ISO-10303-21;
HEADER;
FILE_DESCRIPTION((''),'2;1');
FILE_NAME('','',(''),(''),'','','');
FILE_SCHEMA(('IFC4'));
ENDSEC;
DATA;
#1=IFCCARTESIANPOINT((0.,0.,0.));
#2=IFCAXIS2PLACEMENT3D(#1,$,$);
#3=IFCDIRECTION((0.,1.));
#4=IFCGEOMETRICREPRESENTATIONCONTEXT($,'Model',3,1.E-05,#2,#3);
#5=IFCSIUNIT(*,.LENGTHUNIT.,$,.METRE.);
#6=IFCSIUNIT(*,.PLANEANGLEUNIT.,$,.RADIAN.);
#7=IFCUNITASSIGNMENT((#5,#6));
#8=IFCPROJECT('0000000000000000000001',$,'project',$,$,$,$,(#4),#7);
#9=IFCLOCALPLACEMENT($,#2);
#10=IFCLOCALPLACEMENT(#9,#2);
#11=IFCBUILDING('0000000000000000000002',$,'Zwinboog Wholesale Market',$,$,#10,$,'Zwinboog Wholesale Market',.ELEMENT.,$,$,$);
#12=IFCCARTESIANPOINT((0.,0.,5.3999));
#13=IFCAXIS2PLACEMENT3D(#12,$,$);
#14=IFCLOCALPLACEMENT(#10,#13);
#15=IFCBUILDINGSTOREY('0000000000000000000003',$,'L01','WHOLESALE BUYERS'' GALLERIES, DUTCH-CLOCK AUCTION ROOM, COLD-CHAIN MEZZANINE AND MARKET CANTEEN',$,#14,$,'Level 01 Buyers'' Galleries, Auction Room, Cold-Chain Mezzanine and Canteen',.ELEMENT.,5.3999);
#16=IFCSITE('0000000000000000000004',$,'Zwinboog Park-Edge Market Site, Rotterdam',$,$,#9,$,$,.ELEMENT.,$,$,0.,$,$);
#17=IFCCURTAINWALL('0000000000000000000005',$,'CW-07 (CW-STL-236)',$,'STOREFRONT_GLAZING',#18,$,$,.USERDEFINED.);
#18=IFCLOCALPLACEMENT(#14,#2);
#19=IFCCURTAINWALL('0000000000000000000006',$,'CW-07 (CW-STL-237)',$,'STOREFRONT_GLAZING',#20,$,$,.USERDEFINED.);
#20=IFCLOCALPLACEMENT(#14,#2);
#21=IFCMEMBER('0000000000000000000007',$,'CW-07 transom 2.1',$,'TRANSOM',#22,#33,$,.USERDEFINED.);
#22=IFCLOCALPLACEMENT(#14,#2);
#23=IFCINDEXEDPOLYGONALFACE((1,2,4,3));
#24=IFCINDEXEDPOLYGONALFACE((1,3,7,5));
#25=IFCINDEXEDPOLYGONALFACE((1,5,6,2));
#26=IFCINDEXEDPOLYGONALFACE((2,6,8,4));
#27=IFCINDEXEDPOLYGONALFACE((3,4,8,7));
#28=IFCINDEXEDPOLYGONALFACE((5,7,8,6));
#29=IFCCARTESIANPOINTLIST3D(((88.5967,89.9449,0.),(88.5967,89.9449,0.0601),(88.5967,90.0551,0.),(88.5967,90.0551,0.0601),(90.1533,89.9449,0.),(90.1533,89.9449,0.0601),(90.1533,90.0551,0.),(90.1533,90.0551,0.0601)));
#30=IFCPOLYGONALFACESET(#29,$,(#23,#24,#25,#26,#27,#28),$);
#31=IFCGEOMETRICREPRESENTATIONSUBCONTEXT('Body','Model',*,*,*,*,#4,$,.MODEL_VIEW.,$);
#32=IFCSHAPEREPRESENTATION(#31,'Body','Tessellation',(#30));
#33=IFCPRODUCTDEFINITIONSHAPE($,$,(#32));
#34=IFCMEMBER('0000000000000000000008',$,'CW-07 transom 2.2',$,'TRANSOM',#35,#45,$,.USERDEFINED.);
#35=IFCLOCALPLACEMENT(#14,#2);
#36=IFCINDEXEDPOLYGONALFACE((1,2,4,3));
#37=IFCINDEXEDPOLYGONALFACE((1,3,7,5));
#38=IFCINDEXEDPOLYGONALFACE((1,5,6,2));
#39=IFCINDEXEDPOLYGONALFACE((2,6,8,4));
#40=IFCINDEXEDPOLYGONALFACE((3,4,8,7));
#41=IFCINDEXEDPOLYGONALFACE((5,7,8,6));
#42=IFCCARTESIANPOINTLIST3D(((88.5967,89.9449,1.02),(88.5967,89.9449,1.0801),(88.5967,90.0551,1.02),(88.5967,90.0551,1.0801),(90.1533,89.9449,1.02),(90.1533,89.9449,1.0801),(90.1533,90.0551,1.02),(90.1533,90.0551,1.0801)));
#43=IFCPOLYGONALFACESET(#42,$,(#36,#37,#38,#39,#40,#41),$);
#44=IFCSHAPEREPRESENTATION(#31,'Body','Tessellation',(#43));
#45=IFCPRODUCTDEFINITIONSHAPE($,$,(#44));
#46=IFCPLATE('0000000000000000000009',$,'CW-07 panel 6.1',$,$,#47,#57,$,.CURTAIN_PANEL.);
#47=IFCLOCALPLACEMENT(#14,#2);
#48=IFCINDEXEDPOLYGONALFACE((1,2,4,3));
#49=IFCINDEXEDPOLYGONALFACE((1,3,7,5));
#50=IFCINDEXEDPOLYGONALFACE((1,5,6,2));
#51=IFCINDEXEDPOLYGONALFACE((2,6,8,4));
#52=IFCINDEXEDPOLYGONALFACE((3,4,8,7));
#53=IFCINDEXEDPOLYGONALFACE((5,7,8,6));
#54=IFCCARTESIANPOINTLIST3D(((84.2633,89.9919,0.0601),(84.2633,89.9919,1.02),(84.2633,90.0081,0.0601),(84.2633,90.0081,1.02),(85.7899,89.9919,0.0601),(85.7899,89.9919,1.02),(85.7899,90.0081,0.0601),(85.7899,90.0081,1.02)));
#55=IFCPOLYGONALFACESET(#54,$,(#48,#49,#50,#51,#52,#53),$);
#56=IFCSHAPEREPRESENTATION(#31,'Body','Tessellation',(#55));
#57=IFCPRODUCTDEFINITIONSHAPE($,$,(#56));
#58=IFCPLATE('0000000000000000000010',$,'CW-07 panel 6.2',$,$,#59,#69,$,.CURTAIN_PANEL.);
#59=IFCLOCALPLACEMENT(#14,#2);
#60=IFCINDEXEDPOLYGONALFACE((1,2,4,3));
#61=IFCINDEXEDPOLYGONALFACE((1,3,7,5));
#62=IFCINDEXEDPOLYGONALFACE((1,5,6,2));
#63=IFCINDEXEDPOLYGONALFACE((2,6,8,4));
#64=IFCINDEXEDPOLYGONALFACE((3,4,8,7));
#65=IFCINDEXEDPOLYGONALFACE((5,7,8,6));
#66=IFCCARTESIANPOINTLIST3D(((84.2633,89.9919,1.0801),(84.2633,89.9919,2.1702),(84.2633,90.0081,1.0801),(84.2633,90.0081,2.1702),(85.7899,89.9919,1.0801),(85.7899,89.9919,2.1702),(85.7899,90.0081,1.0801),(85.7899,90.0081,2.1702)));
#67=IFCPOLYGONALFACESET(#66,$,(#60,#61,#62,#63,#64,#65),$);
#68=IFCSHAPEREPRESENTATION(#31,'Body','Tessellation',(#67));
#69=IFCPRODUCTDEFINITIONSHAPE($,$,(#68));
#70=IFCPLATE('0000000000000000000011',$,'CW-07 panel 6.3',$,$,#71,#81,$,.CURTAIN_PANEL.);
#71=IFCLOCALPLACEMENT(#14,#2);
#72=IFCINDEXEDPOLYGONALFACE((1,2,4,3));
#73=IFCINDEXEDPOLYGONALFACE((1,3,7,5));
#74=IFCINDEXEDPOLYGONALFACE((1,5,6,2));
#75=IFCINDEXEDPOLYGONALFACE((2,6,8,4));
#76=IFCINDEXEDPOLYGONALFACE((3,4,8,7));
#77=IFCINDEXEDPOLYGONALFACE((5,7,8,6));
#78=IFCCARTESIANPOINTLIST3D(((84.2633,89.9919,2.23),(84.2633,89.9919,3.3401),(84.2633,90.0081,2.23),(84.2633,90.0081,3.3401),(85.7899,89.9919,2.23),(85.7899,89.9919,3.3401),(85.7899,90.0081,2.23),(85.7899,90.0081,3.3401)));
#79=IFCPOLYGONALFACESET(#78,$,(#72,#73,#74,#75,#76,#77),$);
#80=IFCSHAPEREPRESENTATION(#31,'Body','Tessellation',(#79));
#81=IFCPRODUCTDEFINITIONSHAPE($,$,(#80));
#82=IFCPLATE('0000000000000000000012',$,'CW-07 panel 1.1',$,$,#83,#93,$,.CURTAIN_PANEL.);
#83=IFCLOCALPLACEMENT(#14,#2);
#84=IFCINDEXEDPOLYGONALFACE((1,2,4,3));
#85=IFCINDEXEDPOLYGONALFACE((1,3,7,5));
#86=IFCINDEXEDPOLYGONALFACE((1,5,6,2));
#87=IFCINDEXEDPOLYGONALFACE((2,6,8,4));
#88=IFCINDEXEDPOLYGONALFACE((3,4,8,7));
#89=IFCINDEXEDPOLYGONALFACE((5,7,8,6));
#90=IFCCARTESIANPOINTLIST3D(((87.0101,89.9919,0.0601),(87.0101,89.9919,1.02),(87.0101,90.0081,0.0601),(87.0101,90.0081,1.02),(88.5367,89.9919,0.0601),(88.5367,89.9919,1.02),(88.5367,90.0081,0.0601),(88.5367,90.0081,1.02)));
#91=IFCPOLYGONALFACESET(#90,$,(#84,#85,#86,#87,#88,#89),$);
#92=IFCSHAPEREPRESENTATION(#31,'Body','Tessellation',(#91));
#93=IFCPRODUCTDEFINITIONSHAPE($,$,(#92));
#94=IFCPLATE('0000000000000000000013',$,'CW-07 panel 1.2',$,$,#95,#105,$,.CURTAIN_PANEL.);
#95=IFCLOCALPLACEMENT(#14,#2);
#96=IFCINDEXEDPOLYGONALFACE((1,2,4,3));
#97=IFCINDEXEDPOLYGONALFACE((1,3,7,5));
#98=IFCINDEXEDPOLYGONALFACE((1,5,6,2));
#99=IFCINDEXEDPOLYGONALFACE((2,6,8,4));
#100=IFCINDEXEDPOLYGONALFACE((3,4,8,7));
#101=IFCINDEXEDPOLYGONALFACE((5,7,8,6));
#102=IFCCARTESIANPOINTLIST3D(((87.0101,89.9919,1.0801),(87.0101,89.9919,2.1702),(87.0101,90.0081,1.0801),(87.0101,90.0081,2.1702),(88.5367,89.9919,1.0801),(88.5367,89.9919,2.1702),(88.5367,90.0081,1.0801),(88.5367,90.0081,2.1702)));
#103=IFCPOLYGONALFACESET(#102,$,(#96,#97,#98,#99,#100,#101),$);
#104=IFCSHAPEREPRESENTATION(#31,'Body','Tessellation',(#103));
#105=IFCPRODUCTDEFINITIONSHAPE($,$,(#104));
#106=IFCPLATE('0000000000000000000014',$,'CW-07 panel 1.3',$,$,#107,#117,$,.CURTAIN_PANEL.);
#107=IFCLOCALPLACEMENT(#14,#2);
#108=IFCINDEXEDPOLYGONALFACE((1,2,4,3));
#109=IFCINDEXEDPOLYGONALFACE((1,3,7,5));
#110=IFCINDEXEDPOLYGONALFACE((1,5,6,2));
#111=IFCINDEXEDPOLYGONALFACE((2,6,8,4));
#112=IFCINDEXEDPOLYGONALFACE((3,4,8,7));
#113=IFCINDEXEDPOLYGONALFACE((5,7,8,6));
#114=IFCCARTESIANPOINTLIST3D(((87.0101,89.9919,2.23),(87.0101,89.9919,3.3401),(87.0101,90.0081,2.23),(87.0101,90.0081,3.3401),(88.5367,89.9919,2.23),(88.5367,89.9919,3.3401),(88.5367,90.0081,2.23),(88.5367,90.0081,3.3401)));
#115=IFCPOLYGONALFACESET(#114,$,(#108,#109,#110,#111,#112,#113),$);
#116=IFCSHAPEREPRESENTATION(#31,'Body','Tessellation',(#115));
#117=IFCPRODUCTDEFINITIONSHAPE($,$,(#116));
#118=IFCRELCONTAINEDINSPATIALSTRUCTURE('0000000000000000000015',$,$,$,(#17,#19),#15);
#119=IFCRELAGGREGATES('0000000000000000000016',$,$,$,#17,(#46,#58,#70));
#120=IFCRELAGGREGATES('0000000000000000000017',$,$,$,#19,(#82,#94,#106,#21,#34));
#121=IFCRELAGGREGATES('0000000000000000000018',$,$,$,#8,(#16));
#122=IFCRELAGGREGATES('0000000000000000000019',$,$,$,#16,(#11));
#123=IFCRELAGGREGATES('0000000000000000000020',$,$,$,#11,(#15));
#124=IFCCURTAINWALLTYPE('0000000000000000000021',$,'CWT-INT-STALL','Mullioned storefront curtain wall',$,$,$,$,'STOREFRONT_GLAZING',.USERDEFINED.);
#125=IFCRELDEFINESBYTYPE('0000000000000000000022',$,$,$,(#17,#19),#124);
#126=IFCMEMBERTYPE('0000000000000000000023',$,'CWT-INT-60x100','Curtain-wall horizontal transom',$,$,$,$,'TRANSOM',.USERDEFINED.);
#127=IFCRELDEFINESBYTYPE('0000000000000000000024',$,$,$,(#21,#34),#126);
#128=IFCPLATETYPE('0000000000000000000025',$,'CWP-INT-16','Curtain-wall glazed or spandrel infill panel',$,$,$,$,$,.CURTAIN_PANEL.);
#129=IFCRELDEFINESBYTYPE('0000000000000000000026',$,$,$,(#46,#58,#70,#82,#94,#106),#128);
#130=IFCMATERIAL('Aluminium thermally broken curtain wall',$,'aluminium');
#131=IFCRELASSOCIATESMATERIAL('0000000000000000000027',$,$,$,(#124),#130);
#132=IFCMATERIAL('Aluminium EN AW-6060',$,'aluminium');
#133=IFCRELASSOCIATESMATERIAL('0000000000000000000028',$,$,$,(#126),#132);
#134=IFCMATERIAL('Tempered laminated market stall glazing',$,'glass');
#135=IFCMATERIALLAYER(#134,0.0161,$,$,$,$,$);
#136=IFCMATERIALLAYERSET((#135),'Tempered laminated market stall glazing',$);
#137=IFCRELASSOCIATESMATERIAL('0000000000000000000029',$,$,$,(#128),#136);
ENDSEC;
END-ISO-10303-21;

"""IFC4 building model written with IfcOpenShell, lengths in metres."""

from ifc_helpers import new_model, si_unit, direction, frame, origin, origin_2d, place, context, subcontext, project, spatial, rectangle, extrude, material, layer, layer_set, material_profile, profile_set, type_object, element, aggregate, save


model = new_model("IFC4")

# Units and contexts
model_context = context("Model", 3, precision=1e-05, world=origin(), true_north=direction((0.0, 1.0)))
body_context = subcontext(model_context, "Body", "Model", "MODEL_VIEW")
ifc_project = project(units=[si_unit("LENGTHUNIT", "METRE"), si_unit("PLANEANGLEUNIT", "RADIAN")], contexts=[model_context])

# Site, building, storey
site_placement = place(None, origin())
site = spatial("IfcSite", under=ifc_project, at=site_placement, Name="Zwinboog Park-Edge Market Site, Rotterdam", CompositionType="ELEMENT", RefElevation=0.0)
building_placement = place(site_placement, origin())
building = spatial("IfcBuilding", under=site, at=building_placement, Name="Zwinboog Wholesale Market", LongName="Zwinboog Wholesale Market", CompositionType="ELEMENT")
storey_placement = place(building_placement, frame((0.0, 0.0, 5.3999)))
storey = spatial("IfcBuildingStorey", under=building, at=storey_placement, Name="L01", Description="WHOLESALE BUYERS' GALLERIES, DUTCH-CLOCK AUCTION ROOM, COLD-CHAIN MEZZANINE AND MARKET CANTEEN", LongName="Level 01 Buyers' Galleries, Auction Room, Cold-Chain Mezzanine and Canteen", CompositionType="ELEMENT", Elevation=5.3999)

# Curtain wall
ifc_material_1 = material(Name="Aluminium thermally broken curtain wall", Category="aluminium")
curtain_wall_type = type_object("IfcCurtainWallType", Name="CWT-INT-STALL", Description="Mullioned storefront curtain wall", ElementType="STOREFRONT_GLAZING", PredefinedType="USERDEFINED", material=ifc_material_1)
curtain_wall_1_placement = place(storey_placement, origin())
curtain_wall_1 = element("IfcCurtainWall", 1, at=curtain_wall_1_placement, inside=storey, type_object=curtain_wall_type, Name="CW-07 (CW-STL-236)", ObjectType="STOREFRONT_GLAZING", PredefinedType="USERDEFINED")
ifc_material_2 = material(Name="Aluminium EN AW-6060", Category="aluminium")

# Curtain wall
curtain_wall_2_placement = place(storey_placement, origin())
curtain_wall_2 = element("IfcCurtainWall", 2, at=curtain_wall_2_placement, inside=storey, type_object=curtain_wall_type, Name="CW-07 (CW-STL-237)", ObjectType="STOREFRONT_GLAZING", PredefinedType="USERDEFINED")

# Members
ifc_material_profile_1 = material_profile(ifc_material_2, rectangle(XDim=0.1101, YDim=0.0601, at=origin_2d()), Name="AL 60x110")
ifc_profile_set_1 = profile_set([ifc_material_profile_1], Name="Aluminium EN AW-6060")
member_type_1 = type_object("IfcMemberType", Name="CWT-INT-60x100", Description="Curtain-wall horizontal transom", ElementType="TRANSOM", PredefinedType="USERDEFINED", material=ifc_profile_set_1)
member_1_placement = place(storey_placement, frame((88.5967, 90.0, 0.03), z_axis=(1.0, 0.0, 0.0), x_axis=(0.0, 1.0, 0.0)))
member_1 = element("IfcMember", 3, at=member_1_placement, type_object=member_type_1, Name="CW-07 transom 2.1", ObjectType="TRANSOM", PredefinedType="USERDEFINED", context=body_context, shape_type="SweptSolid", body=[
    extrude(rectangle(XDim=0.1101, YDim=0.0601, at=origin_2d()), origin(), (0.0, 0.0, 1.0), 1.5566),
])
member_2_placement = place(storey_placement, frame((88.5967, 90.0, 1.05), z_axis=(1.0, 0.0, 0.0), x_axis=(0.0, 1.0, 0.0)))
member_2 = element("IfcMember", 4, at=member_2_placement, type_object=member_type_1, Name="CW-07 transom 2.2", ObjectType="TRANSOM", PredefinedType="USERDEFINED", context=body_context, shape_type="SweptSolid", body=[
    extrude(rectangle(XDim=0.1101, YDim=0.0601, at=origin_2d()), origin(), (0.0, 0.0, 1.0), 1.5566),
])

# Plates
ifc_material_3 = material(Name="Tempered laminated market stall glazing", Category="glass")
ifc_layer = layer(ifc_material_3, 0.0161)
ifc_layer_set = layer_set([ifc_layer], Name="Tempered laminated market stall glazing")
plate_type = type_object("IfcPlateType", Name="CWP-INT-16", Description="Curtain-wall glazed or spandrel infill panel", PredefinedType="CURTAIN_PANEL", material=ifc_layer_set)
plate_1_placement = place(storey_placement, frame((85.0266, 90.0, 0.0601), z_axis=(0.0, 0.0, 1.0), x_axis=(1.0, 0.0, 0.0)))
plate_1 = element("IfcPlate", 5, at=plate_1_placement, type_object=plate_type, Name="CW-07 panel 6.1", PredefinedType="CURTAIN_PANEL", context=body_context, shape_type="SweptSolid", body=[
    extrude(rectangle(XDim=1.5266, YDim=0.0161, at=origin_2d()), origin(), (0.0, 0.0, 1.0), 0.96),
])
plate_2_placement = place(storey_placement, frame((85.0266, 90.0, 1.0801), z_axis=(0.0, 0.0, 1.0), x_axis=(1.0, 0.0, 0.0)))
plate_2 = element("IfcPlate", 6, at=plate_2_placement, type_object=plate_type, Name="CW-07 panel 6.2", PredefinedType="CURTAIN_PANEL", context=body_context, shape_type="SweptSolid", body=[
    extrude(rectangle(XDim=1.5266, YDim=0.0161, at=origin_2d()), origin(), (0.0, 0.0, 1.0), 1.0901),
])
plate_3_placement = place(storey_placement, frame((85.0266, 90.0, 2.23), z_axis=(0.0, 0.0, 1.0), x_axis=(1.0, 0.0, 0.0)))
plate_3 = element("IfcPlate", 7, at=plate_3_placement, type_object=plate_type, Name="CW-07 panel 6.3", PredefinedType="CURTAIN_PANEL", context=body_context, shape_type="SweptSolid", body=[
    extrude(rectangle(XDim=1.5266, YDim=0.0161, at=origin_2d()), origin(), (0.0, 0.0, 1.0), 1.1101),
])
aggregate(curtain_wall_1, [plate_1, plate_2, plate_3])
plate_4_placement = place(storey_placement, frame((87.7734, 90.0, 0.0601), z_axis=(0.0, 0.0, 1.0), x_axis=(1.0, 0.0, 0.0)))
plate_4 = element("IfcPlate", 8, at=plate_4_placement, type_object=plate_type, Name="CW-07 panel 1.1", PredefinedType="CURTAIN_PANEL", context=body_context, shape_type="SweptSolid", body=[
    extrude(rectangle(XDim=1.5266, YDim=0.0161, at=origin_2d()), origin(), (0.0, 0.0, 1.0), 0.96),
])
plate_5_placement = place(storey_placement, frame((87.7734, 90.0, 1.0801), z_axis=(0.0, 0.0, 1.0), x_axis=(1.0, 0.0, 0.0)))
plate_5 = element("IfcPlate", 9, at=plate_5_placement, type_object=plate_type, Name="CW-07 panel 1.2", PredefinedType="CURTAIN_PANEL", context=body_context, shape_type="SweptSolid", body=[
    extrude(rectangle(XDim=1.5266, YDim=0.0161, at=origin_2d()), origin(), (0.0, 0.0, 1.0), 1.0901),
])
plate_6_placement = place(storey_placement, frame((87.7734, 90.0, 2.23), z_axis=(0.0, 0.0, 1.0), x_axis=(1.0, 0.0, 0.0)))
plate_6 = element("IfcPlate", 10, at=plate_6_placement, type_object=plate_type, Name="CW-07 panel 1.3", PredefinedType="CURTAIN_PANEL", context=body_context, shape_type="SweptSolid", body=[
    extrude(rectangle(XDim=1.5266, YDim=0.0161, at=origin_2d()), origin(), (0.0, 0.0, 1.0), 1.1101),
])
aggregate(curtain_wall_2, [plate_4, plate_5, plate_6, member_1, member_2])

save(model, "model.ifc")
